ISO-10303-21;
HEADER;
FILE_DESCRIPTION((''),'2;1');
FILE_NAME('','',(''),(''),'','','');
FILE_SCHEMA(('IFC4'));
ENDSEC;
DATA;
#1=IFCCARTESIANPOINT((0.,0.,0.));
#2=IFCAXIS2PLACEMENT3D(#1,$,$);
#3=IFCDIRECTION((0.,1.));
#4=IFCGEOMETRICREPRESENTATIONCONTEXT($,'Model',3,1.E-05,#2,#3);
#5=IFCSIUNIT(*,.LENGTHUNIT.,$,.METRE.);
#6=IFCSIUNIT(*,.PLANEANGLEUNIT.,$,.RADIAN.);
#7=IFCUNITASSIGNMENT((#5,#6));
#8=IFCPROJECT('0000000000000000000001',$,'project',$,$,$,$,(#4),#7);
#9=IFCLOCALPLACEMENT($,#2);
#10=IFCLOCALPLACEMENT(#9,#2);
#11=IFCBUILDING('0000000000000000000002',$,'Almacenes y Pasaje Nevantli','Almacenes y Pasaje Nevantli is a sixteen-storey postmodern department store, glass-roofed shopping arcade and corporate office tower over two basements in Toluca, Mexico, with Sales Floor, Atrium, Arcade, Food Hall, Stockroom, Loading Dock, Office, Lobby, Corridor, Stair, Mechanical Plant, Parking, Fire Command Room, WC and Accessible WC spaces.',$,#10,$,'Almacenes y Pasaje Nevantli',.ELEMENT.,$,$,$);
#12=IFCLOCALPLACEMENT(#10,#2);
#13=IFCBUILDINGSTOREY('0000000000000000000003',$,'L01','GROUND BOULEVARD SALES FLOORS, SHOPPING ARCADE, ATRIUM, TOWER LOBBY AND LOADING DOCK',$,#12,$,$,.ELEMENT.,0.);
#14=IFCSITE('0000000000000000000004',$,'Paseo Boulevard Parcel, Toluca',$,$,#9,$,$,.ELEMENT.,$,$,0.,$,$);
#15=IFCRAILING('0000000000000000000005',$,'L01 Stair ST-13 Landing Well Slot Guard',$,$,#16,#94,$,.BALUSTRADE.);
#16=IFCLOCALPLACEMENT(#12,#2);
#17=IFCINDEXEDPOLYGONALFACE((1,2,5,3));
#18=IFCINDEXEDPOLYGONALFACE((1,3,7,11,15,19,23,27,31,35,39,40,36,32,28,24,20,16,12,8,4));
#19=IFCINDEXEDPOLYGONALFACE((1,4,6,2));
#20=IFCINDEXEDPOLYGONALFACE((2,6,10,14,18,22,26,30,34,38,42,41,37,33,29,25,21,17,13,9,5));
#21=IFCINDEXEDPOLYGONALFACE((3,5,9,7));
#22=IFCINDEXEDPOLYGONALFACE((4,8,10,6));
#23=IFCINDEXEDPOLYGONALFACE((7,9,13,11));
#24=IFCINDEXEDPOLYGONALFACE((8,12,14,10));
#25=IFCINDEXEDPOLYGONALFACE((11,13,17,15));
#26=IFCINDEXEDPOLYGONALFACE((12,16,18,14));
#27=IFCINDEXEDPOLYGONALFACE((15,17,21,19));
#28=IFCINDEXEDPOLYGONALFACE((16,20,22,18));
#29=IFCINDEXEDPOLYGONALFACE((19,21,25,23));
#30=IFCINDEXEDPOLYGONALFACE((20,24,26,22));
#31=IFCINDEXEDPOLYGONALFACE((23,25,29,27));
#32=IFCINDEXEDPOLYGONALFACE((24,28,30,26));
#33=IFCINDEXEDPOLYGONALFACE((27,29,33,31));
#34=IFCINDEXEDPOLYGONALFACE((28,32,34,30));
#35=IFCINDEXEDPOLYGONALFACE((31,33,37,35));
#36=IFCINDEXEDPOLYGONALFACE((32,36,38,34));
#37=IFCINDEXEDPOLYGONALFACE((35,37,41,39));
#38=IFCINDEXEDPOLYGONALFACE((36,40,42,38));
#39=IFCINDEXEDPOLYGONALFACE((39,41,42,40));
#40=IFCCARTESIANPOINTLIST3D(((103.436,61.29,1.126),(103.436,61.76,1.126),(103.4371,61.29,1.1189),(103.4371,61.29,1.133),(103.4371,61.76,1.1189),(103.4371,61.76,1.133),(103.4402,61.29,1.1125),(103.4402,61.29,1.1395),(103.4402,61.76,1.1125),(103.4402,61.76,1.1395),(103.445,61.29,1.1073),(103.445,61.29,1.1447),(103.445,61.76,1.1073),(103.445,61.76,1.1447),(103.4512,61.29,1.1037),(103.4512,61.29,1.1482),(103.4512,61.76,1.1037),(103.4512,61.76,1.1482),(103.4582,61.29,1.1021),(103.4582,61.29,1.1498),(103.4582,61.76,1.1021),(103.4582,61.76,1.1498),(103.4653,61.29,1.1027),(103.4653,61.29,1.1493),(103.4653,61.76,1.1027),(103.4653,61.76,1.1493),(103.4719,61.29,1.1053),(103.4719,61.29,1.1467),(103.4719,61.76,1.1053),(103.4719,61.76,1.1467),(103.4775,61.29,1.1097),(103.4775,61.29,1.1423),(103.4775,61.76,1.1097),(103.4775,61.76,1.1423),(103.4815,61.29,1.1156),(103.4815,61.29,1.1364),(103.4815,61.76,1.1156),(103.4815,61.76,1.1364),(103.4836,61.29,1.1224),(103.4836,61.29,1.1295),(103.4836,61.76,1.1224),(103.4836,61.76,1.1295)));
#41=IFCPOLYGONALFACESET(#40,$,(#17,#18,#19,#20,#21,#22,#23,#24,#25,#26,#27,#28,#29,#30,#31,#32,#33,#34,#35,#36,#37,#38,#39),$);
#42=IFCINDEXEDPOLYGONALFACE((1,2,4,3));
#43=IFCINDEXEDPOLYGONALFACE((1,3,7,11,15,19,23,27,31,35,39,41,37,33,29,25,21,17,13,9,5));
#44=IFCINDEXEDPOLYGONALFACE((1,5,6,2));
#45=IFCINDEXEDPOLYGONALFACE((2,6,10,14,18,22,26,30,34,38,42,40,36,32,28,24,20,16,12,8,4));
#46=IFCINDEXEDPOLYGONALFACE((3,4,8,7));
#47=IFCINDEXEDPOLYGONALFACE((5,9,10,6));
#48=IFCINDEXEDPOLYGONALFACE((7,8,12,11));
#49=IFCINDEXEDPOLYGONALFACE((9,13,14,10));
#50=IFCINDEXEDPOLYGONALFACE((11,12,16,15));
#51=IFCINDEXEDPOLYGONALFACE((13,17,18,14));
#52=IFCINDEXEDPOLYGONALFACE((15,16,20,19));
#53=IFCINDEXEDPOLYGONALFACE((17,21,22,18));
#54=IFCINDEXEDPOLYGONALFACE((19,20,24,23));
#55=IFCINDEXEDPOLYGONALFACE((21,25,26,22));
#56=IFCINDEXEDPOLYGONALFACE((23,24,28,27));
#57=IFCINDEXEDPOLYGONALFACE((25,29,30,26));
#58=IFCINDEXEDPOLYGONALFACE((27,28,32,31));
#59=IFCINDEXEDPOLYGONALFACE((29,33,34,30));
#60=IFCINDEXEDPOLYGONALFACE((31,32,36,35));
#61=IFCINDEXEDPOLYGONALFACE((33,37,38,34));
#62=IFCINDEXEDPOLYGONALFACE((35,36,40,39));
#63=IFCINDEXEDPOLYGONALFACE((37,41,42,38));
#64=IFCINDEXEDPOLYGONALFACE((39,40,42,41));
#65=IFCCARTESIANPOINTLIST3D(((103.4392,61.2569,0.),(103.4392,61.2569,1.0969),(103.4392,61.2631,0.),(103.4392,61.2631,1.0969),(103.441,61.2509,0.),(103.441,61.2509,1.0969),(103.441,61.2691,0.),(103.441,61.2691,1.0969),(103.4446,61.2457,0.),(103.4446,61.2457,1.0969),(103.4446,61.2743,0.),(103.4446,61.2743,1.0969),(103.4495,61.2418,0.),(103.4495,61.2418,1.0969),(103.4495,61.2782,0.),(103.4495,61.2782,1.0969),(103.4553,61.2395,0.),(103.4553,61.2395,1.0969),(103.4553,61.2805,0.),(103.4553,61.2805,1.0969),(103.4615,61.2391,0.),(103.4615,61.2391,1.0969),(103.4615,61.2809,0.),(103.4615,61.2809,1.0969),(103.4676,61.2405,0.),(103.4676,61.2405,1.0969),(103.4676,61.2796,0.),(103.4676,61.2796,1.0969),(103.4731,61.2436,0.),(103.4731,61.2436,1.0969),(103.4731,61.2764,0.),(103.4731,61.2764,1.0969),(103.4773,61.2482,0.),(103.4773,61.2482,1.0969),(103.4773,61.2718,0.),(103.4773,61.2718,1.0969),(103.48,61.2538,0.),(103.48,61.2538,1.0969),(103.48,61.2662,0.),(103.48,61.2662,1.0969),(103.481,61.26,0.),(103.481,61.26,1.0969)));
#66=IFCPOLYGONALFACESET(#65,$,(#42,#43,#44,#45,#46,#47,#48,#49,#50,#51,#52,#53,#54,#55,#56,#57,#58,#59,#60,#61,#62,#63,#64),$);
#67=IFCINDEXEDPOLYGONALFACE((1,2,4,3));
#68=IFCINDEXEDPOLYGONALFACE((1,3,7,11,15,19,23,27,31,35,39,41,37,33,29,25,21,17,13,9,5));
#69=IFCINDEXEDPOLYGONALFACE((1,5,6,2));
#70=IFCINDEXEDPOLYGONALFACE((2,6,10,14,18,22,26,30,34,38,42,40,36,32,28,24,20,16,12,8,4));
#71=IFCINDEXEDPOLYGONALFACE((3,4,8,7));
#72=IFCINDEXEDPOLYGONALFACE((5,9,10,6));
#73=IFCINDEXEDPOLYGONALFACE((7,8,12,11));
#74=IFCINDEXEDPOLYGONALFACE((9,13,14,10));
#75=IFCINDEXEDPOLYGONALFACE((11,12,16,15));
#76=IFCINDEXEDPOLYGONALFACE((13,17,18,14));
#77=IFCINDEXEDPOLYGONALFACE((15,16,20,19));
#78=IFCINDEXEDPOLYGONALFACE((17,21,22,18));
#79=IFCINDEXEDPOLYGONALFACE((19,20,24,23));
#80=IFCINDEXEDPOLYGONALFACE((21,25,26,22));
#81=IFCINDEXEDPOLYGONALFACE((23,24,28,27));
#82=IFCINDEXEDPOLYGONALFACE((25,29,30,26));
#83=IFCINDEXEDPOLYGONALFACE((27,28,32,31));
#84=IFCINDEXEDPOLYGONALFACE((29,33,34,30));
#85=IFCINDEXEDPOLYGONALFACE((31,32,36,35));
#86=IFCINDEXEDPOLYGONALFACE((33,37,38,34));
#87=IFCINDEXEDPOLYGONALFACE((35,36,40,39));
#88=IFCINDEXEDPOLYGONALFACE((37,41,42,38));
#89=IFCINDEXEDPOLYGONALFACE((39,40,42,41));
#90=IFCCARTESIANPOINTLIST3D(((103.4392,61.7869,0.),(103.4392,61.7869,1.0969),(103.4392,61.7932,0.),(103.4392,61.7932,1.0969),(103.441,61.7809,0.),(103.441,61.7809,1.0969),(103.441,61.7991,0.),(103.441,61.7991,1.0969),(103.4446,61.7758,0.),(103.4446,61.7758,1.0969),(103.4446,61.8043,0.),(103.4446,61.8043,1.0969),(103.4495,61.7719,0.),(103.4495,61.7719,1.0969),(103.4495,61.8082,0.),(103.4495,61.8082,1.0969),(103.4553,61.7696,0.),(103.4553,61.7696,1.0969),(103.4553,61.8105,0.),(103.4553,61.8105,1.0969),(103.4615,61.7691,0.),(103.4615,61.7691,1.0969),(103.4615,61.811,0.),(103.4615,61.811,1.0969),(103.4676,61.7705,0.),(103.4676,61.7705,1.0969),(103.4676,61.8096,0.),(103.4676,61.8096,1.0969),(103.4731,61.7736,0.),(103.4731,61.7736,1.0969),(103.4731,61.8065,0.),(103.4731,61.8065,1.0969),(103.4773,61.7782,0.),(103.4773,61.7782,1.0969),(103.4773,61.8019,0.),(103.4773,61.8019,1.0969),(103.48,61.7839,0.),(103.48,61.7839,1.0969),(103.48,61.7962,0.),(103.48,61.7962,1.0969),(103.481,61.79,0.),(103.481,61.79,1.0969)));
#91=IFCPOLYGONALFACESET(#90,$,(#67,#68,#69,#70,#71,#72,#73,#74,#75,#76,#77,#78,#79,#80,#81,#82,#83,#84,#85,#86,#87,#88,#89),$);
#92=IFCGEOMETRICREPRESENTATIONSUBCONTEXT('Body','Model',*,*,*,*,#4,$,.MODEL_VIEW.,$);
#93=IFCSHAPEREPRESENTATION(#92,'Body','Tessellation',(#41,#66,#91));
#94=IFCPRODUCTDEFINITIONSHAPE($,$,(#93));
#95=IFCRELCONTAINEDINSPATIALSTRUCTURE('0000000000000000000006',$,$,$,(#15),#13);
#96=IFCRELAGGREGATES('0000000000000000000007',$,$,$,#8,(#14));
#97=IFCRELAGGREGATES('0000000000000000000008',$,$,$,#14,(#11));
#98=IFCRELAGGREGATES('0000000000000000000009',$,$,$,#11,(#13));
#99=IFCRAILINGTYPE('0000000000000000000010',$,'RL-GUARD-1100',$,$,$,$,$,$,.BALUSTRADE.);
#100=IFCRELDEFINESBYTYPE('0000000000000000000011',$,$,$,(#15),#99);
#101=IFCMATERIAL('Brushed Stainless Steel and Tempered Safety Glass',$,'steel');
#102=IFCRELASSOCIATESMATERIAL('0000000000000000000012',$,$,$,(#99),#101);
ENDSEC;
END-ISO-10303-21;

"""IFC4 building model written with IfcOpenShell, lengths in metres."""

from ifc_helpers import new_model, si_unit, direction, frame, origin, origin_2d, place, context, subcontext, project, spatial, circle, extrude, material, type_object, element, save


model = new_model("IFC4")

# Units and contexts
model_context = context("Model", 3, precision=1e-05, world=origin(), true_north=direction((0.0, 1.0)))
body_context = subcontext(model_context, "Body", "Model", "MODEL_VIEW")
ifc_project = project(units=[si_unit("LENGTHUNIT", "METRE"), si_unit("PLANEANGLEUNIT", "RADIAN")], contexts=[model_context])

# Site, building, storey
site_placement = place(None, origin())
site = spatial("IfcSite", under=ifc_project, at=site_placement, Name="Paseo Boulevard Parcel, Toluca", CompositionType="ELEMENT", RefElevation=0.0)
building_placement = place(site_placement, origin())
building = spatial("IfcBuilding", under=site, at=building_placement, Name="Almacenes y Pasaje Nevantli", Description="Almacenes y Pasaje Nevantli is a sixteen-storey postmodern department store, glass-roofed shopping arcade and corporate office tower over two basements in Toluca, Mexico, with Sales Floor, Atrium, Arcade, Food Hall, Stockroom, Loading Dock, Office, Lobby, Corridor, Stair, Mechanical Plant, Parking, Fire Command Room, WC and Accessible WC spaces.", LongName="Almacenes y Pasaje Nevantli", CompositionType="ELEMENT")
storey_placement = place(building_placement, origin())
storey = spatial("IfcBuildingStorey", under=building, at=storey_placement, Name="L01", Description="GROUND BOULEVARD SALES FLOORS, SHOPPING ARCADE, ATRIUM, TOWER LOBBY AND LOADING DOCK", CompositionType="ELEMENT", Elevation=0.0)

# Railing
ifc_material_1 = material(Name="Brushed Stainless Steel and Tempered Safety Glass", Category="steel")
railing_type_1 = type_object("IfcRailingType", Name="RL-GUARD-1100", PredefinedType="BALUSTRADE", material=ifc_material_1)
railing_1_placement = place(storey_placement, frame((103.46, 61.26, 0.0)))
element("IfcRailing", 1, at=railing_1_placement, inside=storey, type_object=railing_type_1, Name="L01 Stair ST-13 Landing Well Slot Guard", PredefinedType="BALUSTRADE", context=body_context, shape_type="SweptSolid", body=[
    extrude(circle(Radius=0.0239, at=origin_2d()), frame((0.0, 0.03, 1.126), z_axis=(0.0, 1.0, 0.0), x_axis=(-1.0, 0.0, 0.0)), (0.0, 0.0, 1.0), 0.47),
    extrude(circle(Radius=0.021, at=origin_2d()), origin(), (0.0, 0.0, 1.0), 1.0969),
    extrude(circle(Radius=0.021, at=origin_2d()), frame((0.0, 0.53, 0.0)), (0.0, 0.0, 1.0), 1.0969),
])

save(model, "model.ifc")
